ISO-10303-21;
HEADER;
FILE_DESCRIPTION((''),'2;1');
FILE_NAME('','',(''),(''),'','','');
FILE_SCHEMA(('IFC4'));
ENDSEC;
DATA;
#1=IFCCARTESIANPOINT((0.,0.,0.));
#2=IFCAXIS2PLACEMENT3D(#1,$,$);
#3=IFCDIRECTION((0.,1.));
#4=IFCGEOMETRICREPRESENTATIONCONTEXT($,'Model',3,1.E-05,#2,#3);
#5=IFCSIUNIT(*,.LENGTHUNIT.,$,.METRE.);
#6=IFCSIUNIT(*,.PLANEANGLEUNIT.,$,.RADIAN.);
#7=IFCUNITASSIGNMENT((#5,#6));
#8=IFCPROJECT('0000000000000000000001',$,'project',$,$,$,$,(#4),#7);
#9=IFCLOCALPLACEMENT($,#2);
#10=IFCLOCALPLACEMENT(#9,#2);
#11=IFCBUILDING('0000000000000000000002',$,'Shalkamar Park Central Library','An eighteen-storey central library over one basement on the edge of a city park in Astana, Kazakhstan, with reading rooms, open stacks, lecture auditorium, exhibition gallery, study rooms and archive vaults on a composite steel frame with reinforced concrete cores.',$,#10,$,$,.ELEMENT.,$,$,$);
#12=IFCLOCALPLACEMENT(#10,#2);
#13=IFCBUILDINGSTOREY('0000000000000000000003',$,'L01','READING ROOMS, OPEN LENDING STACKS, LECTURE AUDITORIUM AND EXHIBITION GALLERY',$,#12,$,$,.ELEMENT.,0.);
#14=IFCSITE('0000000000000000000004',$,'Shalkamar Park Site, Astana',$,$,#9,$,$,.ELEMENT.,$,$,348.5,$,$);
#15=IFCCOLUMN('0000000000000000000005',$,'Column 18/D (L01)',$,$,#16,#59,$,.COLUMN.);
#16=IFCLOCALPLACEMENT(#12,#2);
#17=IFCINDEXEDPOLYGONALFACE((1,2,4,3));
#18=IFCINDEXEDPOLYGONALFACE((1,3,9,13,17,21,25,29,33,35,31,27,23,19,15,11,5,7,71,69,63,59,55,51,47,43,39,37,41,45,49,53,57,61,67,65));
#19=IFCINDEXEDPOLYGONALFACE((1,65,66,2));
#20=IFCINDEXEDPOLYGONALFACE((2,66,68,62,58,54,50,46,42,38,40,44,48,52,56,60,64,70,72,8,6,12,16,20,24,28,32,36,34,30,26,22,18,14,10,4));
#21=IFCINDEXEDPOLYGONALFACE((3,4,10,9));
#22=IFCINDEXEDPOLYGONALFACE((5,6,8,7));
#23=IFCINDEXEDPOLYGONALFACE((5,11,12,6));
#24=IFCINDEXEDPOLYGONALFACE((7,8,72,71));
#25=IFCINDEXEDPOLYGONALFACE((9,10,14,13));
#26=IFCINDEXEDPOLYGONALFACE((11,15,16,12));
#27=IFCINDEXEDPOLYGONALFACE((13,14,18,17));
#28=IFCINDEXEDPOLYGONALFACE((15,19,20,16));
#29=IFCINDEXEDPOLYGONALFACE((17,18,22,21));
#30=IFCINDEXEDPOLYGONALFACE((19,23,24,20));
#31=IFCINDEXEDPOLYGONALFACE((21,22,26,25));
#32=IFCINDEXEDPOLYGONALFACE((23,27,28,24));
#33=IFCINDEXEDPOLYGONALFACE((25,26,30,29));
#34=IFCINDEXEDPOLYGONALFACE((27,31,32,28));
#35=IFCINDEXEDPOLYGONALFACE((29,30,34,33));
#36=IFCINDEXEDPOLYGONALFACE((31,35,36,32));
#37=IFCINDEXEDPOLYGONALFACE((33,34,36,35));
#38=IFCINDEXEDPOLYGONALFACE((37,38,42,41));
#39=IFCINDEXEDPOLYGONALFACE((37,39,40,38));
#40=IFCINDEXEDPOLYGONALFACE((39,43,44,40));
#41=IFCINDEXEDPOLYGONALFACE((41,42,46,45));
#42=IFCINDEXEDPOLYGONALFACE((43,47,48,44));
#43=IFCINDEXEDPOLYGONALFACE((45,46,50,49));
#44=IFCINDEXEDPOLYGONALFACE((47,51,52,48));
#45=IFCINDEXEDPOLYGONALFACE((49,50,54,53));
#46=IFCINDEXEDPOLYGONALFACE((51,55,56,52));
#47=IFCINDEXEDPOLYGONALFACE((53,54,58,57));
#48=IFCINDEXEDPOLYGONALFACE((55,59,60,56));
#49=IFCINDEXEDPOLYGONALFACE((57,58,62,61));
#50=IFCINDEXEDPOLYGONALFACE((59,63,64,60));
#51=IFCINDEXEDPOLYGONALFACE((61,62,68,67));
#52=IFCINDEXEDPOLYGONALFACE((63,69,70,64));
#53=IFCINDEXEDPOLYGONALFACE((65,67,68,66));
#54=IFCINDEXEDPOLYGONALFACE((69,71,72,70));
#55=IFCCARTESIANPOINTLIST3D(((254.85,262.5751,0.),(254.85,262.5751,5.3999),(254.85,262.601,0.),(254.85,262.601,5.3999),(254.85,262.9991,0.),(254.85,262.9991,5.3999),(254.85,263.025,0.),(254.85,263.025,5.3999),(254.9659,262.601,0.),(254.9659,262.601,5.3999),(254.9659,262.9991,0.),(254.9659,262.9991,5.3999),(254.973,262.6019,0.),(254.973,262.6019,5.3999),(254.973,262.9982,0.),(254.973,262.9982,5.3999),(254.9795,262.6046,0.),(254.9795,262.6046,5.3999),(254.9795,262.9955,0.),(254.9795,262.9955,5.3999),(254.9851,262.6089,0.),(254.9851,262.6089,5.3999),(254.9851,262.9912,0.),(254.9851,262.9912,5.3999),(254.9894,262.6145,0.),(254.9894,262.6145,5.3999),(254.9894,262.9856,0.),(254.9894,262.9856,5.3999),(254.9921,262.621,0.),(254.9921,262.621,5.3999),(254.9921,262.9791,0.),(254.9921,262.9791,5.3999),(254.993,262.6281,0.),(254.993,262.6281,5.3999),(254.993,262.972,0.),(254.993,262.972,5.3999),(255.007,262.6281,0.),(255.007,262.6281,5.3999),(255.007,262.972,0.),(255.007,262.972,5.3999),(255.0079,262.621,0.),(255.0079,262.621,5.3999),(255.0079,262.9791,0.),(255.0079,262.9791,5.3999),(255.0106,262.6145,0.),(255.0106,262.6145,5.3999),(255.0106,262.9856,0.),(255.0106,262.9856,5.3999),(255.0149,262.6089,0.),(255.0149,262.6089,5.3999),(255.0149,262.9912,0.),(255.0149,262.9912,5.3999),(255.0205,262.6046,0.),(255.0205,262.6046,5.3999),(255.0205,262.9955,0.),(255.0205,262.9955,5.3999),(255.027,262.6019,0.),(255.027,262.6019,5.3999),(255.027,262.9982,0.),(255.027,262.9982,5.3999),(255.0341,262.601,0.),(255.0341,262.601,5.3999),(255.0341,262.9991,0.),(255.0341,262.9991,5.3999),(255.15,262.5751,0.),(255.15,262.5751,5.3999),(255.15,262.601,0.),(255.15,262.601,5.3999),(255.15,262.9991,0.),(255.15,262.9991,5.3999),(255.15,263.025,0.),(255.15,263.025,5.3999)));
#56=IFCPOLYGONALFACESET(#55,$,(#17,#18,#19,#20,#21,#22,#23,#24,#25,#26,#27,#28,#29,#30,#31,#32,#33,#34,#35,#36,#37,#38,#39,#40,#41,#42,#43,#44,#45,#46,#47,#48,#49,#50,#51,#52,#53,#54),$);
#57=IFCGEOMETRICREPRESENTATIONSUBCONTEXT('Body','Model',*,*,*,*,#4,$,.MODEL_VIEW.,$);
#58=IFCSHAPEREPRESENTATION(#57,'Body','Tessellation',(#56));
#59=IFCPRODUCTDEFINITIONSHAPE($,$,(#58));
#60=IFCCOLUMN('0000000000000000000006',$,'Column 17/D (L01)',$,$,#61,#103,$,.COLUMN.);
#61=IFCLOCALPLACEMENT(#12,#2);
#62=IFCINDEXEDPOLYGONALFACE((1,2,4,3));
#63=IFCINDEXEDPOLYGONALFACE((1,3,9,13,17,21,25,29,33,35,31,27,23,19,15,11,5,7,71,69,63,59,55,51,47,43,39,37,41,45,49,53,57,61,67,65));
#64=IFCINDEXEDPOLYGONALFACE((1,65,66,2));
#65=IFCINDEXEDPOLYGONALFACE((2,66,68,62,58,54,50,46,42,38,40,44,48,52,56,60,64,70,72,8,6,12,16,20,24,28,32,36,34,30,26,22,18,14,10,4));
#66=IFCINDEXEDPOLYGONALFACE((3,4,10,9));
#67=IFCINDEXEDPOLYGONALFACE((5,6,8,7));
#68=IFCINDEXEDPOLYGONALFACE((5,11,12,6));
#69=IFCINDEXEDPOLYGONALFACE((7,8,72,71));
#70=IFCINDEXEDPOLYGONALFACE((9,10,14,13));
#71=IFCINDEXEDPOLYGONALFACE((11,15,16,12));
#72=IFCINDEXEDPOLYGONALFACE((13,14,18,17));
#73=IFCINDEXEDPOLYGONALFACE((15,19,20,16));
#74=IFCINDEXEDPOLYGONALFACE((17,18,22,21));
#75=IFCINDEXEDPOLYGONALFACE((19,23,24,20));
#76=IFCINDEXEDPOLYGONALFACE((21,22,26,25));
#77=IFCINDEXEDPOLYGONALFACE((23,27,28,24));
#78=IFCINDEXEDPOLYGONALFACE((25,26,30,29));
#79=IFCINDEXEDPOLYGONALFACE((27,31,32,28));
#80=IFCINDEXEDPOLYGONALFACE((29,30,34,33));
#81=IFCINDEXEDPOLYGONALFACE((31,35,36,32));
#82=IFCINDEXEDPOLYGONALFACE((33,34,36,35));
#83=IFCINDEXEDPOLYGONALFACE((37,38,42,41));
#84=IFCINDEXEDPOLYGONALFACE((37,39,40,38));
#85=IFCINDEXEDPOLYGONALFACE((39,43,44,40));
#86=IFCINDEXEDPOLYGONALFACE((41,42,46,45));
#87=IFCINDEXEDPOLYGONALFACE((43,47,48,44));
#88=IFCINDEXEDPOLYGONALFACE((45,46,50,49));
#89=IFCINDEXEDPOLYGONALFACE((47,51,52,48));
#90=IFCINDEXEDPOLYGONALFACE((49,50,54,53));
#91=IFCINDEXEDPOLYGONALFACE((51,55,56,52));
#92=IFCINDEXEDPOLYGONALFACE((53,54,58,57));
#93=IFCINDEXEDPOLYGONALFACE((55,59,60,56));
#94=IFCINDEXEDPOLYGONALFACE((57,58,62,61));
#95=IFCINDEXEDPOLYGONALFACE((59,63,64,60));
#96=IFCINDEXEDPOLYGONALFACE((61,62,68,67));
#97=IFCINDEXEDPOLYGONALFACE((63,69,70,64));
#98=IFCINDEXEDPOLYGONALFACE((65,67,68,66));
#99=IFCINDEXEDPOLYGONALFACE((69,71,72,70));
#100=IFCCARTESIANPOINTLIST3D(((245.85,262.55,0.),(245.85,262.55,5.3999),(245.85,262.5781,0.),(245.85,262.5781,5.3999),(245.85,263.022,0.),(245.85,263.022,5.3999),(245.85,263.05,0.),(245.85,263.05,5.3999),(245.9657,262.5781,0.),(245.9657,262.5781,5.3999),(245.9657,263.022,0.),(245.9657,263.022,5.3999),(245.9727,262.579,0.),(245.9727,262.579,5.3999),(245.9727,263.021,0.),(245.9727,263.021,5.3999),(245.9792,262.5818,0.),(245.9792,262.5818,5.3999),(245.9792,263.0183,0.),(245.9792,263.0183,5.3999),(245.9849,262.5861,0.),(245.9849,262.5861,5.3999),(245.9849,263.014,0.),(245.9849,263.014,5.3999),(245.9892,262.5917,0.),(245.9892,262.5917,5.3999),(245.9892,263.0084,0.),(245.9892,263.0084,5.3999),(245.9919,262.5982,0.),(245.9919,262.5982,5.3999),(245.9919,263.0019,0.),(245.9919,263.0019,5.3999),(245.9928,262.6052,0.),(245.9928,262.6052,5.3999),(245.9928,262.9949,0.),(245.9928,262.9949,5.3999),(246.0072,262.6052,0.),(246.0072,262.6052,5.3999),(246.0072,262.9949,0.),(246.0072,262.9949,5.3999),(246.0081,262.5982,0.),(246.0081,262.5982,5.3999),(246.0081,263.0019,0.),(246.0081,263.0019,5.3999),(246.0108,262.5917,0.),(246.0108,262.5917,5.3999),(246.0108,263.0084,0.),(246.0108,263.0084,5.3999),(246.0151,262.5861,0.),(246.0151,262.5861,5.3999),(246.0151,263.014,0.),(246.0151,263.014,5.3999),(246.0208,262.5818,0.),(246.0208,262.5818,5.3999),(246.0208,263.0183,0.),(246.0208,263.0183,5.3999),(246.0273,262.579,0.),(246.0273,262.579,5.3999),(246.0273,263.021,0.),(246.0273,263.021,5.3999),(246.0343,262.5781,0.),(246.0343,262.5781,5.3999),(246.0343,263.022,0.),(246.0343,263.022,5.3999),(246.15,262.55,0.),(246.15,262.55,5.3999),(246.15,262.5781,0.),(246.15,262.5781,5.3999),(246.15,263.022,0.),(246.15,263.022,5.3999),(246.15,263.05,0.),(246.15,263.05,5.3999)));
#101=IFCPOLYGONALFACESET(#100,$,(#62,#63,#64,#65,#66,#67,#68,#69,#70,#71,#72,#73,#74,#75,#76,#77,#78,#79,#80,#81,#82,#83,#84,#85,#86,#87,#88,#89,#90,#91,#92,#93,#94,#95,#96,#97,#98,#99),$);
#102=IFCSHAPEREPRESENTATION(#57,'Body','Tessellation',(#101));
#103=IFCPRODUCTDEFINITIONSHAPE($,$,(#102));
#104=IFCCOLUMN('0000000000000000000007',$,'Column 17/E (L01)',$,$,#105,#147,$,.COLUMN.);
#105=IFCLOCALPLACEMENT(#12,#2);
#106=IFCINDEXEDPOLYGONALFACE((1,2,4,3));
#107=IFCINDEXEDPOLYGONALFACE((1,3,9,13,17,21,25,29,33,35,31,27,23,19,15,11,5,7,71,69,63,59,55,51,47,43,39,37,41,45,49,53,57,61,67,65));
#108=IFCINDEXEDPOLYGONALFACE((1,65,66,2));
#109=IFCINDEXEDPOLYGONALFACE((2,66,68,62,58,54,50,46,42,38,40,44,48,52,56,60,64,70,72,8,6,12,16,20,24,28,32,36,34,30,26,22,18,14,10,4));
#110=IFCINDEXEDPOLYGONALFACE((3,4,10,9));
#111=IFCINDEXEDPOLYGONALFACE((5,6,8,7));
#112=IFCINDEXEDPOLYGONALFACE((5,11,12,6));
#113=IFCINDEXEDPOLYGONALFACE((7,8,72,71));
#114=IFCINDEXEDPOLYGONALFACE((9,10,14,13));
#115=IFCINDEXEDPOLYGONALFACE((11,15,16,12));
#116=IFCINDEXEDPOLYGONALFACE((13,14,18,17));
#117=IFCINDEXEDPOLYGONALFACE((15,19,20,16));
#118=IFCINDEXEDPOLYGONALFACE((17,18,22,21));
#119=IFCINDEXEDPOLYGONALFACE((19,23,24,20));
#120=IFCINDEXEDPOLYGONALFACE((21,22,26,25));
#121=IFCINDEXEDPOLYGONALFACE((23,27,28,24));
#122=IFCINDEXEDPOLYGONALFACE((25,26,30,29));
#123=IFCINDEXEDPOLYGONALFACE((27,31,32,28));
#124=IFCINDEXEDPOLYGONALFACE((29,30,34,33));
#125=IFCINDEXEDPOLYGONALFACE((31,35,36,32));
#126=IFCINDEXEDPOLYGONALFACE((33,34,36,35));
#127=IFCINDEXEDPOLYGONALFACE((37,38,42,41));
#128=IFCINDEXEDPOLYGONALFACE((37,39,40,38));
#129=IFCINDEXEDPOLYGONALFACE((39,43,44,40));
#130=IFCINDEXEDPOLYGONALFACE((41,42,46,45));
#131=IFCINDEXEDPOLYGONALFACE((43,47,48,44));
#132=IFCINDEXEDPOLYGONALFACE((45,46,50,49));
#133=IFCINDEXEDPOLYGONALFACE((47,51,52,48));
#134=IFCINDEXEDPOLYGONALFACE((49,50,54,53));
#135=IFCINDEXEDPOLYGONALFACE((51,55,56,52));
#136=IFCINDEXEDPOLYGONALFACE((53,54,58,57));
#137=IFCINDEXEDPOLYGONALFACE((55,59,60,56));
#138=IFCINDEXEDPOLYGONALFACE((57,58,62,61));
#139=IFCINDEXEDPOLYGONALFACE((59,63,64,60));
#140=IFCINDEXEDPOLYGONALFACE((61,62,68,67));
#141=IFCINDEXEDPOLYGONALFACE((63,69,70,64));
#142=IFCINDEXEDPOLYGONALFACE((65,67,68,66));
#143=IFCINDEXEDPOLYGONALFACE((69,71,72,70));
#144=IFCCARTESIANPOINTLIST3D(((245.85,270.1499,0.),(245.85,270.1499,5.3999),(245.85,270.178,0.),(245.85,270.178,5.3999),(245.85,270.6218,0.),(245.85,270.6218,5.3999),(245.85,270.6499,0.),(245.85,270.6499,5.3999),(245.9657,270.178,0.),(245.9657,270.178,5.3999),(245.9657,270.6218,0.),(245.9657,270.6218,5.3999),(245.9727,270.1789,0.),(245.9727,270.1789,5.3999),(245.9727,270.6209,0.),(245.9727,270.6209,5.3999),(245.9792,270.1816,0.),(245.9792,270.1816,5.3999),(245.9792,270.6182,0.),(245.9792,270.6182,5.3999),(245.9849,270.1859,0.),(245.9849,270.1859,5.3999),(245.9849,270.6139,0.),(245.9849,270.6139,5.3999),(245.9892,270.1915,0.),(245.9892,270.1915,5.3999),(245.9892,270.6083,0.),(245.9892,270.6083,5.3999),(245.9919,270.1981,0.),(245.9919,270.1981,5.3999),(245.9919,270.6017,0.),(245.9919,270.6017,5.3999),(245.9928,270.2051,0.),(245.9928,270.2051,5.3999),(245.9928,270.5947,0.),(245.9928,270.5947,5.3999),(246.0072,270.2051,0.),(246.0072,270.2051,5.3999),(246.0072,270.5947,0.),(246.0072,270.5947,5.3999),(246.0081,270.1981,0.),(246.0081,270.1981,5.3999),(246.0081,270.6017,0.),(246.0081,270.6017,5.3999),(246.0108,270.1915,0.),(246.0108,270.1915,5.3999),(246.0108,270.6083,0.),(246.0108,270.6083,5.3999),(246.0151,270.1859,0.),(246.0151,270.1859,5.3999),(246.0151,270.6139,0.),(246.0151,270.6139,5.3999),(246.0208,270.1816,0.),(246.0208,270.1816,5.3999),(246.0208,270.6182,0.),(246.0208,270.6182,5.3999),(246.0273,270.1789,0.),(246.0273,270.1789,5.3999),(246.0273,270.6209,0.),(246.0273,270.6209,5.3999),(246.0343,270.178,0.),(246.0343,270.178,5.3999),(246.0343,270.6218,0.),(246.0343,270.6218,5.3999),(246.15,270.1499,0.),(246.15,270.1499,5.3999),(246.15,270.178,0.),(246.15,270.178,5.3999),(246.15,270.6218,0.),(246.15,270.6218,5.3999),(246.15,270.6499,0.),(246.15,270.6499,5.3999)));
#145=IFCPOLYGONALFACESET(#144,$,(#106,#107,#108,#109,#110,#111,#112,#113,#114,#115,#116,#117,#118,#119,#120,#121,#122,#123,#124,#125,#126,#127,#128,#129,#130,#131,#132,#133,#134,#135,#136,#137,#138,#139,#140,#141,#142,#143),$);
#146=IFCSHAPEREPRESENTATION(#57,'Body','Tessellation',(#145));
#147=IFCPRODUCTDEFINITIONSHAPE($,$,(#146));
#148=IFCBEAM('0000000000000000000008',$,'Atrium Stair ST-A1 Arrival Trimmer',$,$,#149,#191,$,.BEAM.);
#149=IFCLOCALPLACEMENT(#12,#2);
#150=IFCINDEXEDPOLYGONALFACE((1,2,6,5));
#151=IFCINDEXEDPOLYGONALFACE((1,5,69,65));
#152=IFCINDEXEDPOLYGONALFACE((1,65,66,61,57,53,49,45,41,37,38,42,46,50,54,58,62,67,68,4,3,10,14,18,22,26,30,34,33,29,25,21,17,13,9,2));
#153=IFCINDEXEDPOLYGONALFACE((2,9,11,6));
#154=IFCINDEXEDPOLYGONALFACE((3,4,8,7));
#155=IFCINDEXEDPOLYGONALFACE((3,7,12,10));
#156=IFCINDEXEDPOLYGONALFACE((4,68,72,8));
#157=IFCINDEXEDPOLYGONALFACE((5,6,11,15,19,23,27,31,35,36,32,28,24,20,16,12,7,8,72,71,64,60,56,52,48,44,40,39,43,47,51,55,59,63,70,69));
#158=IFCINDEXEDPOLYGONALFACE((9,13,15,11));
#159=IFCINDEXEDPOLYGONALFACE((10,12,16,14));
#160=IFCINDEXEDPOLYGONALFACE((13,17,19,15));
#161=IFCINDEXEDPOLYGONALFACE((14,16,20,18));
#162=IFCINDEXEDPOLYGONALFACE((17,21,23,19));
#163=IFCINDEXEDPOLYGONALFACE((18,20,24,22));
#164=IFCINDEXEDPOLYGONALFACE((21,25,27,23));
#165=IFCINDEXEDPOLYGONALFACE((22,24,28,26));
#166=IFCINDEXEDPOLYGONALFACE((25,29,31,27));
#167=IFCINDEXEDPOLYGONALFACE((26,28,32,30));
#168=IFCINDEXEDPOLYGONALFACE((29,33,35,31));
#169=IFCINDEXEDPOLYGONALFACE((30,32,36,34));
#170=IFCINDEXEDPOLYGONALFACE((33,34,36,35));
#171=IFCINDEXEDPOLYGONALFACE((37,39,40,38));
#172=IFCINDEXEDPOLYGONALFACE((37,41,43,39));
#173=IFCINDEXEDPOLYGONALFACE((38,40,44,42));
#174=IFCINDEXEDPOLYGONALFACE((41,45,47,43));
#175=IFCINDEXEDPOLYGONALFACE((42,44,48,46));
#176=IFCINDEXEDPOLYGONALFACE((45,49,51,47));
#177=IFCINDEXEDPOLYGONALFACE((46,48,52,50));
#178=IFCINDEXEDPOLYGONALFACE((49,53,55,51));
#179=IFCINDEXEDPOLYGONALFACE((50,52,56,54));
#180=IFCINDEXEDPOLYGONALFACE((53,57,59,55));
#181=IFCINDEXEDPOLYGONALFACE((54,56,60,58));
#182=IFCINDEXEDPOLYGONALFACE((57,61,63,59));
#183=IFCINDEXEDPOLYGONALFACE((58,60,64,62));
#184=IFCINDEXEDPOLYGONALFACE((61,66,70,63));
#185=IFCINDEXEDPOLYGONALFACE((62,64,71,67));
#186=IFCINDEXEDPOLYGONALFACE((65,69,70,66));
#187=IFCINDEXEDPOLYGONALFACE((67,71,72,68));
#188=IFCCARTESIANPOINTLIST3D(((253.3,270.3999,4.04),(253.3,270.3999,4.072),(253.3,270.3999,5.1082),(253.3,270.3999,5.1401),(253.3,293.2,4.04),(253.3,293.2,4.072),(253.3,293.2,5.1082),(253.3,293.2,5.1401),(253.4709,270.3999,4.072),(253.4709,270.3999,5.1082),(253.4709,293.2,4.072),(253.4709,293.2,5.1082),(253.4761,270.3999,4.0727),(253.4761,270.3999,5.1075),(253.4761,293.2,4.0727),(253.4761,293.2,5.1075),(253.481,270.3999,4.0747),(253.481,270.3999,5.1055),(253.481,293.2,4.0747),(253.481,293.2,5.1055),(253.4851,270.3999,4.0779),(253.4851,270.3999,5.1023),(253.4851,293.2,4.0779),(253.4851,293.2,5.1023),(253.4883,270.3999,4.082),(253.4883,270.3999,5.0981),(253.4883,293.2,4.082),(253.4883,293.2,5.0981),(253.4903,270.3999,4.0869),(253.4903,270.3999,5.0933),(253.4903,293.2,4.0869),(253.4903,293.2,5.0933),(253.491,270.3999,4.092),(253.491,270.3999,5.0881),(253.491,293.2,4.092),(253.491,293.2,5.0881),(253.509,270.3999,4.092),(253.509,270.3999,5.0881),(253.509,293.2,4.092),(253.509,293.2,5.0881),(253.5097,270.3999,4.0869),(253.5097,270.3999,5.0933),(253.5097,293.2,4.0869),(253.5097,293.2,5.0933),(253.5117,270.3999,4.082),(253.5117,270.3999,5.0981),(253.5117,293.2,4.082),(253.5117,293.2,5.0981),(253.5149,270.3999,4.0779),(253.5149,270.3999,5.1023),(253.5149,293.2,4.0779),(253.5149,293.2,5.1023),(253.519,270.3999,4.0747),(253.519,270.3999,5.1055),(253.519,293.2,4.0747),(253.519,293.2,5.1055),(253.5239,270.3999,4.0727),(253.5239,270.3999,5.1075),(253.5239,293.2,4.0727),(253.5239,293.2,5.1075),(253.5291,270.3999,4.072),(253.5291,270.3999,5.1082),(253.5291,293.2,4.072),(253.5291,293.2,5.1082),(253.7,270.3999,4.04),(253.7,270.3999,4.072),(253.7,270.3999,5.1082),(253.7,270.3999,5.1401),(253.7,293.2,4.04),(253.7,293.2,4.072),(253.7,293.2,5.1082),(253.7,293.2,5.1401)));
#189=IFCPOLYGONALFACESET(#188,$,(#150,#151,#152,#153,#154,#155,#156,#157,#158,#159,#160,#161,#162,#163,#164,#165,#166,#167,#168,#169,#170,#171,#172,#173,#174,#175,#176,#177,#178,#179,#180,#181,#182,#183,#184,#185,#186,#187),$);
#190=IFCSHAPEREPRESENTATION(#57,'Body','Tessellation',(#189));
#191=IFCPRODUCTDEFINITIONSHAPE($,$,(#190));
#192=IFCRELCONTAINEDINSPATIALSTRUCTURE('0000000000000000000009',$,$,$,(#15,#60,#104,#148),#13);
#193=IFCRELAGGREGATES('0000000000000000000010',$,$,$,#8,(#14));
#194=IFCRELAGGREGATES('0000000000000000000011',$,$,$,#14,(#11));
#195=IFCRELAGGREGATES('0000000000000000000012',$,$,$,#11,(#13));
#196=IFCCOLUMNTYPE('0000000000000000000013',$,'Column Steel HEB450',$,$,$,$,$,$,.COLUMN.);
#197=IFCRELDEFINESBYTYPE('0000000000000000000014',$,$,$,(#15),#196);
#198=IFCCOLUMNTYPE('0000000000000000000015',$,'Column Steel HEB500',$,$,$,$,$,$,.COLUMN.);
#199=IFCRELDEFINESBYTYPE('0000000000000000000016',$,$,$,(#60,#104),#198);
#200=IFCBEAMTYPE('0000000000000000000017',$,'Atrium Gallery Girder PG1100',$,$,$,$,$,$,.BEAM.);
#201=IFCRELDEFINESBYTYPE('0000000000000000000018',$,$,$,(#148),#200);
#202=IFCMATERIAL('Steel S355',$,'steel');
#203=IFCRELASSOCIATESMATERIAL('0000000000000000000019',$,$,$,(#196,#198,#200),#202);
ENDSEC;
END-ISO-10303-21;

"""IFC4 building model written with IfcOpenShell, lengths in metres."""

from ifc_helpers import new_model, si_unit, direction, frame, origin, origin_2d, place, context, subcontext, project, spatial, i_section, extrude, material, material_profile, profile_set, type_object, element, save


model = new_model("IFC4")

# Units and contexts
model_context = context("Model", 3, precision=1e-05, world=origin(), true_north=direction((0.0, 1.0)))
body_context = subcontext(model_context, "Body", "Model", "MODEL_VIEW")
ifc_project = project(units=[si_unit("LENGTHUNIT", "METRE"), si_unit("PLANEANGLEUNIT", "RADIAN")], contexts=[model_context])

# Site, building, storey
site_placement = place(None, origin())
site = spatial("IfcSite", under=ifc_project, at=site_placement, Name="Shalkamar Park Site, Astana", CompositionType="ELEMENT", RefElevation=348.5)
building_placement = place(site_placement, origin())
building = spatial("IfcBuilding", under=site, at=building_placement, Name="Shalkamar Park Central Library", Description="An eighteen-storey central library over one basement on the edge of a city park in Astana, Kazakhstan, with reading rooms, open stacks, lecture auditorium, exhibition gallery, study rooms and archive vaults on a composite steel frame with reinforced concrete cores.", CompositionType="ELEMENT")
storey_placement = place(building_placement, origin())
storey = spatial("IfcBuildingStorey", under=building, at=storey_placement, Name="L01", Description="READING ROOMS, OPEN LENDING STACKS, LECTURE AUDITORIUM AND EXHIBITION GALLERY", CompositionType="ELEMENT", Elevation=0.0)

# Columns
ifc_material_1 = material(Name="Steel S355", Category="steel")
ifc_material_profile_1 = material_profile(ifc_material_1, i_section(OverallWidth=0.3, OverallDepth=0.45, WebThickness=0.0139, FlangeThickness=0.0259, FilletRadius=0.0271, at=origin_2d()), Name="HEB 450")
ifc_profile_set_1 = profile_set([ifc_material_profile_1], Name="Steel S355")
column_type_1 = type_object("IfcColumnType", Name="Column Steel HEB450", PredefinedType="COLUMN", material=ifc_profile_set_1)
column_placement = place(storey_placement, frame((255.0, 262.8, 0.0), z_axis=(0.0, 0.0, 1.0), x_axis=(1.0, 0.0, 0.0)))
element("IfcColumn", 1, at=column_placement, inside=storey, type_object=column_type_1, Name="Column 18/D (L01)", PredefinedType="COLUMN", context=body_context, shape_type="SweptSolid", body=[
    extrude(i_section(OverallWidth=0.3, OverallDepth=0.45, WebThickness=0.0139, FlangeThickness=0.0259, FilletRadius=0.0271, at=origin_2d()), origin(), (0.0, 0.0, 1.0), 5.3999),
])
ifc_material_profile_2 = material_profile(ifc_material_1, i_section(OverallWidth=0.3, OverallDepth=0.5, WebThickness=0.0144, FlangeThickness=0.0281, FilletRadius=0.0271, at=origin_2d()), Name="HEB 500")
ifc_profile_set_2 = profile_set([ifc_material_profile_2], Name="Steel S355")
column_type_2 = type_object("IfcColumnType", Name="Column Steel HEB500", PredefinedType="COLUMN", material=ifc_profile_set_2)
for number, where, z_axis, x_axis, name in (
    (2, (246.0, 262.8, 0.0), (0.0, 0.0, 1.0), (1.0, 0.0, 0.0), "Column 17/D (L01)"),
    (3, (246.0, 270.3999, 0.0), (0.0, 0.0, 1.0), (1.0, 0.0, 0.0), "Column 17/E (L01)"),
):
    element("IfcColumn", number, at=place(storey_placement, frame(where, z_axis=z_axis, x_axis=x_axis)), inside=storey, type_object=column_type_2, Name=name, PredefinedType="COLUMN", context=body_context, shape_type="SweptSolid", body=[
        extrude(i_section(OverallWidth=0.3, OverallDepth=0.5, WebThickness=0.0144, FlangeThickness=0.0281, FilletRadius=0.0271, at=origin_2d()), origin(), (0.0, 0.0, 1.0), 5.3999),
    ])

# Beam
ifc_material_profile_3 = material_profile(ifc_material_1, i_section(OverallWidth=0.3999, OverallDepth=1.1001, WebThickness=0.0181, FlangeThickness=0.032, FilletRadius=0.02, at=origin_2d()), Name="PG 1100x400")
ifc_profile_set_3 = profile_set([ifc_material_profile_3], Name="Steel S355")
beam_type_1 = type_object("IfcBeamType", Name="Atrium Gallery Girder PG1100", PredefinedType="BEAM", material=ifc_profile_set_3)
beam_1_placement = place(storey_placement, frame((253.5, 270.3999, 4.5901), z_axis=(0.0, 1.0, 0.0), x_axis=(-1.0, 0.0, 0.0)))
element("IfcBeam", 4, at=beam_1_placement, inside=storey, type_object=beam_type_1, Name="Atrium Stair ST-A1 Arrival Trimmer", PredefinedType="BEAM", context=body_context, shape_type="SweptSolid", body=[
    extrude(i_section(OverallWidth=0.3999, OverallDepth=1.1001, WebThickness=0.0181, FlangeThickness=0.032, FilletRadius=0.02, at=origin_2d()), origin(), (0.0, 0.0, 1.0), 22.8),
])

save(model, "model.ifc")
